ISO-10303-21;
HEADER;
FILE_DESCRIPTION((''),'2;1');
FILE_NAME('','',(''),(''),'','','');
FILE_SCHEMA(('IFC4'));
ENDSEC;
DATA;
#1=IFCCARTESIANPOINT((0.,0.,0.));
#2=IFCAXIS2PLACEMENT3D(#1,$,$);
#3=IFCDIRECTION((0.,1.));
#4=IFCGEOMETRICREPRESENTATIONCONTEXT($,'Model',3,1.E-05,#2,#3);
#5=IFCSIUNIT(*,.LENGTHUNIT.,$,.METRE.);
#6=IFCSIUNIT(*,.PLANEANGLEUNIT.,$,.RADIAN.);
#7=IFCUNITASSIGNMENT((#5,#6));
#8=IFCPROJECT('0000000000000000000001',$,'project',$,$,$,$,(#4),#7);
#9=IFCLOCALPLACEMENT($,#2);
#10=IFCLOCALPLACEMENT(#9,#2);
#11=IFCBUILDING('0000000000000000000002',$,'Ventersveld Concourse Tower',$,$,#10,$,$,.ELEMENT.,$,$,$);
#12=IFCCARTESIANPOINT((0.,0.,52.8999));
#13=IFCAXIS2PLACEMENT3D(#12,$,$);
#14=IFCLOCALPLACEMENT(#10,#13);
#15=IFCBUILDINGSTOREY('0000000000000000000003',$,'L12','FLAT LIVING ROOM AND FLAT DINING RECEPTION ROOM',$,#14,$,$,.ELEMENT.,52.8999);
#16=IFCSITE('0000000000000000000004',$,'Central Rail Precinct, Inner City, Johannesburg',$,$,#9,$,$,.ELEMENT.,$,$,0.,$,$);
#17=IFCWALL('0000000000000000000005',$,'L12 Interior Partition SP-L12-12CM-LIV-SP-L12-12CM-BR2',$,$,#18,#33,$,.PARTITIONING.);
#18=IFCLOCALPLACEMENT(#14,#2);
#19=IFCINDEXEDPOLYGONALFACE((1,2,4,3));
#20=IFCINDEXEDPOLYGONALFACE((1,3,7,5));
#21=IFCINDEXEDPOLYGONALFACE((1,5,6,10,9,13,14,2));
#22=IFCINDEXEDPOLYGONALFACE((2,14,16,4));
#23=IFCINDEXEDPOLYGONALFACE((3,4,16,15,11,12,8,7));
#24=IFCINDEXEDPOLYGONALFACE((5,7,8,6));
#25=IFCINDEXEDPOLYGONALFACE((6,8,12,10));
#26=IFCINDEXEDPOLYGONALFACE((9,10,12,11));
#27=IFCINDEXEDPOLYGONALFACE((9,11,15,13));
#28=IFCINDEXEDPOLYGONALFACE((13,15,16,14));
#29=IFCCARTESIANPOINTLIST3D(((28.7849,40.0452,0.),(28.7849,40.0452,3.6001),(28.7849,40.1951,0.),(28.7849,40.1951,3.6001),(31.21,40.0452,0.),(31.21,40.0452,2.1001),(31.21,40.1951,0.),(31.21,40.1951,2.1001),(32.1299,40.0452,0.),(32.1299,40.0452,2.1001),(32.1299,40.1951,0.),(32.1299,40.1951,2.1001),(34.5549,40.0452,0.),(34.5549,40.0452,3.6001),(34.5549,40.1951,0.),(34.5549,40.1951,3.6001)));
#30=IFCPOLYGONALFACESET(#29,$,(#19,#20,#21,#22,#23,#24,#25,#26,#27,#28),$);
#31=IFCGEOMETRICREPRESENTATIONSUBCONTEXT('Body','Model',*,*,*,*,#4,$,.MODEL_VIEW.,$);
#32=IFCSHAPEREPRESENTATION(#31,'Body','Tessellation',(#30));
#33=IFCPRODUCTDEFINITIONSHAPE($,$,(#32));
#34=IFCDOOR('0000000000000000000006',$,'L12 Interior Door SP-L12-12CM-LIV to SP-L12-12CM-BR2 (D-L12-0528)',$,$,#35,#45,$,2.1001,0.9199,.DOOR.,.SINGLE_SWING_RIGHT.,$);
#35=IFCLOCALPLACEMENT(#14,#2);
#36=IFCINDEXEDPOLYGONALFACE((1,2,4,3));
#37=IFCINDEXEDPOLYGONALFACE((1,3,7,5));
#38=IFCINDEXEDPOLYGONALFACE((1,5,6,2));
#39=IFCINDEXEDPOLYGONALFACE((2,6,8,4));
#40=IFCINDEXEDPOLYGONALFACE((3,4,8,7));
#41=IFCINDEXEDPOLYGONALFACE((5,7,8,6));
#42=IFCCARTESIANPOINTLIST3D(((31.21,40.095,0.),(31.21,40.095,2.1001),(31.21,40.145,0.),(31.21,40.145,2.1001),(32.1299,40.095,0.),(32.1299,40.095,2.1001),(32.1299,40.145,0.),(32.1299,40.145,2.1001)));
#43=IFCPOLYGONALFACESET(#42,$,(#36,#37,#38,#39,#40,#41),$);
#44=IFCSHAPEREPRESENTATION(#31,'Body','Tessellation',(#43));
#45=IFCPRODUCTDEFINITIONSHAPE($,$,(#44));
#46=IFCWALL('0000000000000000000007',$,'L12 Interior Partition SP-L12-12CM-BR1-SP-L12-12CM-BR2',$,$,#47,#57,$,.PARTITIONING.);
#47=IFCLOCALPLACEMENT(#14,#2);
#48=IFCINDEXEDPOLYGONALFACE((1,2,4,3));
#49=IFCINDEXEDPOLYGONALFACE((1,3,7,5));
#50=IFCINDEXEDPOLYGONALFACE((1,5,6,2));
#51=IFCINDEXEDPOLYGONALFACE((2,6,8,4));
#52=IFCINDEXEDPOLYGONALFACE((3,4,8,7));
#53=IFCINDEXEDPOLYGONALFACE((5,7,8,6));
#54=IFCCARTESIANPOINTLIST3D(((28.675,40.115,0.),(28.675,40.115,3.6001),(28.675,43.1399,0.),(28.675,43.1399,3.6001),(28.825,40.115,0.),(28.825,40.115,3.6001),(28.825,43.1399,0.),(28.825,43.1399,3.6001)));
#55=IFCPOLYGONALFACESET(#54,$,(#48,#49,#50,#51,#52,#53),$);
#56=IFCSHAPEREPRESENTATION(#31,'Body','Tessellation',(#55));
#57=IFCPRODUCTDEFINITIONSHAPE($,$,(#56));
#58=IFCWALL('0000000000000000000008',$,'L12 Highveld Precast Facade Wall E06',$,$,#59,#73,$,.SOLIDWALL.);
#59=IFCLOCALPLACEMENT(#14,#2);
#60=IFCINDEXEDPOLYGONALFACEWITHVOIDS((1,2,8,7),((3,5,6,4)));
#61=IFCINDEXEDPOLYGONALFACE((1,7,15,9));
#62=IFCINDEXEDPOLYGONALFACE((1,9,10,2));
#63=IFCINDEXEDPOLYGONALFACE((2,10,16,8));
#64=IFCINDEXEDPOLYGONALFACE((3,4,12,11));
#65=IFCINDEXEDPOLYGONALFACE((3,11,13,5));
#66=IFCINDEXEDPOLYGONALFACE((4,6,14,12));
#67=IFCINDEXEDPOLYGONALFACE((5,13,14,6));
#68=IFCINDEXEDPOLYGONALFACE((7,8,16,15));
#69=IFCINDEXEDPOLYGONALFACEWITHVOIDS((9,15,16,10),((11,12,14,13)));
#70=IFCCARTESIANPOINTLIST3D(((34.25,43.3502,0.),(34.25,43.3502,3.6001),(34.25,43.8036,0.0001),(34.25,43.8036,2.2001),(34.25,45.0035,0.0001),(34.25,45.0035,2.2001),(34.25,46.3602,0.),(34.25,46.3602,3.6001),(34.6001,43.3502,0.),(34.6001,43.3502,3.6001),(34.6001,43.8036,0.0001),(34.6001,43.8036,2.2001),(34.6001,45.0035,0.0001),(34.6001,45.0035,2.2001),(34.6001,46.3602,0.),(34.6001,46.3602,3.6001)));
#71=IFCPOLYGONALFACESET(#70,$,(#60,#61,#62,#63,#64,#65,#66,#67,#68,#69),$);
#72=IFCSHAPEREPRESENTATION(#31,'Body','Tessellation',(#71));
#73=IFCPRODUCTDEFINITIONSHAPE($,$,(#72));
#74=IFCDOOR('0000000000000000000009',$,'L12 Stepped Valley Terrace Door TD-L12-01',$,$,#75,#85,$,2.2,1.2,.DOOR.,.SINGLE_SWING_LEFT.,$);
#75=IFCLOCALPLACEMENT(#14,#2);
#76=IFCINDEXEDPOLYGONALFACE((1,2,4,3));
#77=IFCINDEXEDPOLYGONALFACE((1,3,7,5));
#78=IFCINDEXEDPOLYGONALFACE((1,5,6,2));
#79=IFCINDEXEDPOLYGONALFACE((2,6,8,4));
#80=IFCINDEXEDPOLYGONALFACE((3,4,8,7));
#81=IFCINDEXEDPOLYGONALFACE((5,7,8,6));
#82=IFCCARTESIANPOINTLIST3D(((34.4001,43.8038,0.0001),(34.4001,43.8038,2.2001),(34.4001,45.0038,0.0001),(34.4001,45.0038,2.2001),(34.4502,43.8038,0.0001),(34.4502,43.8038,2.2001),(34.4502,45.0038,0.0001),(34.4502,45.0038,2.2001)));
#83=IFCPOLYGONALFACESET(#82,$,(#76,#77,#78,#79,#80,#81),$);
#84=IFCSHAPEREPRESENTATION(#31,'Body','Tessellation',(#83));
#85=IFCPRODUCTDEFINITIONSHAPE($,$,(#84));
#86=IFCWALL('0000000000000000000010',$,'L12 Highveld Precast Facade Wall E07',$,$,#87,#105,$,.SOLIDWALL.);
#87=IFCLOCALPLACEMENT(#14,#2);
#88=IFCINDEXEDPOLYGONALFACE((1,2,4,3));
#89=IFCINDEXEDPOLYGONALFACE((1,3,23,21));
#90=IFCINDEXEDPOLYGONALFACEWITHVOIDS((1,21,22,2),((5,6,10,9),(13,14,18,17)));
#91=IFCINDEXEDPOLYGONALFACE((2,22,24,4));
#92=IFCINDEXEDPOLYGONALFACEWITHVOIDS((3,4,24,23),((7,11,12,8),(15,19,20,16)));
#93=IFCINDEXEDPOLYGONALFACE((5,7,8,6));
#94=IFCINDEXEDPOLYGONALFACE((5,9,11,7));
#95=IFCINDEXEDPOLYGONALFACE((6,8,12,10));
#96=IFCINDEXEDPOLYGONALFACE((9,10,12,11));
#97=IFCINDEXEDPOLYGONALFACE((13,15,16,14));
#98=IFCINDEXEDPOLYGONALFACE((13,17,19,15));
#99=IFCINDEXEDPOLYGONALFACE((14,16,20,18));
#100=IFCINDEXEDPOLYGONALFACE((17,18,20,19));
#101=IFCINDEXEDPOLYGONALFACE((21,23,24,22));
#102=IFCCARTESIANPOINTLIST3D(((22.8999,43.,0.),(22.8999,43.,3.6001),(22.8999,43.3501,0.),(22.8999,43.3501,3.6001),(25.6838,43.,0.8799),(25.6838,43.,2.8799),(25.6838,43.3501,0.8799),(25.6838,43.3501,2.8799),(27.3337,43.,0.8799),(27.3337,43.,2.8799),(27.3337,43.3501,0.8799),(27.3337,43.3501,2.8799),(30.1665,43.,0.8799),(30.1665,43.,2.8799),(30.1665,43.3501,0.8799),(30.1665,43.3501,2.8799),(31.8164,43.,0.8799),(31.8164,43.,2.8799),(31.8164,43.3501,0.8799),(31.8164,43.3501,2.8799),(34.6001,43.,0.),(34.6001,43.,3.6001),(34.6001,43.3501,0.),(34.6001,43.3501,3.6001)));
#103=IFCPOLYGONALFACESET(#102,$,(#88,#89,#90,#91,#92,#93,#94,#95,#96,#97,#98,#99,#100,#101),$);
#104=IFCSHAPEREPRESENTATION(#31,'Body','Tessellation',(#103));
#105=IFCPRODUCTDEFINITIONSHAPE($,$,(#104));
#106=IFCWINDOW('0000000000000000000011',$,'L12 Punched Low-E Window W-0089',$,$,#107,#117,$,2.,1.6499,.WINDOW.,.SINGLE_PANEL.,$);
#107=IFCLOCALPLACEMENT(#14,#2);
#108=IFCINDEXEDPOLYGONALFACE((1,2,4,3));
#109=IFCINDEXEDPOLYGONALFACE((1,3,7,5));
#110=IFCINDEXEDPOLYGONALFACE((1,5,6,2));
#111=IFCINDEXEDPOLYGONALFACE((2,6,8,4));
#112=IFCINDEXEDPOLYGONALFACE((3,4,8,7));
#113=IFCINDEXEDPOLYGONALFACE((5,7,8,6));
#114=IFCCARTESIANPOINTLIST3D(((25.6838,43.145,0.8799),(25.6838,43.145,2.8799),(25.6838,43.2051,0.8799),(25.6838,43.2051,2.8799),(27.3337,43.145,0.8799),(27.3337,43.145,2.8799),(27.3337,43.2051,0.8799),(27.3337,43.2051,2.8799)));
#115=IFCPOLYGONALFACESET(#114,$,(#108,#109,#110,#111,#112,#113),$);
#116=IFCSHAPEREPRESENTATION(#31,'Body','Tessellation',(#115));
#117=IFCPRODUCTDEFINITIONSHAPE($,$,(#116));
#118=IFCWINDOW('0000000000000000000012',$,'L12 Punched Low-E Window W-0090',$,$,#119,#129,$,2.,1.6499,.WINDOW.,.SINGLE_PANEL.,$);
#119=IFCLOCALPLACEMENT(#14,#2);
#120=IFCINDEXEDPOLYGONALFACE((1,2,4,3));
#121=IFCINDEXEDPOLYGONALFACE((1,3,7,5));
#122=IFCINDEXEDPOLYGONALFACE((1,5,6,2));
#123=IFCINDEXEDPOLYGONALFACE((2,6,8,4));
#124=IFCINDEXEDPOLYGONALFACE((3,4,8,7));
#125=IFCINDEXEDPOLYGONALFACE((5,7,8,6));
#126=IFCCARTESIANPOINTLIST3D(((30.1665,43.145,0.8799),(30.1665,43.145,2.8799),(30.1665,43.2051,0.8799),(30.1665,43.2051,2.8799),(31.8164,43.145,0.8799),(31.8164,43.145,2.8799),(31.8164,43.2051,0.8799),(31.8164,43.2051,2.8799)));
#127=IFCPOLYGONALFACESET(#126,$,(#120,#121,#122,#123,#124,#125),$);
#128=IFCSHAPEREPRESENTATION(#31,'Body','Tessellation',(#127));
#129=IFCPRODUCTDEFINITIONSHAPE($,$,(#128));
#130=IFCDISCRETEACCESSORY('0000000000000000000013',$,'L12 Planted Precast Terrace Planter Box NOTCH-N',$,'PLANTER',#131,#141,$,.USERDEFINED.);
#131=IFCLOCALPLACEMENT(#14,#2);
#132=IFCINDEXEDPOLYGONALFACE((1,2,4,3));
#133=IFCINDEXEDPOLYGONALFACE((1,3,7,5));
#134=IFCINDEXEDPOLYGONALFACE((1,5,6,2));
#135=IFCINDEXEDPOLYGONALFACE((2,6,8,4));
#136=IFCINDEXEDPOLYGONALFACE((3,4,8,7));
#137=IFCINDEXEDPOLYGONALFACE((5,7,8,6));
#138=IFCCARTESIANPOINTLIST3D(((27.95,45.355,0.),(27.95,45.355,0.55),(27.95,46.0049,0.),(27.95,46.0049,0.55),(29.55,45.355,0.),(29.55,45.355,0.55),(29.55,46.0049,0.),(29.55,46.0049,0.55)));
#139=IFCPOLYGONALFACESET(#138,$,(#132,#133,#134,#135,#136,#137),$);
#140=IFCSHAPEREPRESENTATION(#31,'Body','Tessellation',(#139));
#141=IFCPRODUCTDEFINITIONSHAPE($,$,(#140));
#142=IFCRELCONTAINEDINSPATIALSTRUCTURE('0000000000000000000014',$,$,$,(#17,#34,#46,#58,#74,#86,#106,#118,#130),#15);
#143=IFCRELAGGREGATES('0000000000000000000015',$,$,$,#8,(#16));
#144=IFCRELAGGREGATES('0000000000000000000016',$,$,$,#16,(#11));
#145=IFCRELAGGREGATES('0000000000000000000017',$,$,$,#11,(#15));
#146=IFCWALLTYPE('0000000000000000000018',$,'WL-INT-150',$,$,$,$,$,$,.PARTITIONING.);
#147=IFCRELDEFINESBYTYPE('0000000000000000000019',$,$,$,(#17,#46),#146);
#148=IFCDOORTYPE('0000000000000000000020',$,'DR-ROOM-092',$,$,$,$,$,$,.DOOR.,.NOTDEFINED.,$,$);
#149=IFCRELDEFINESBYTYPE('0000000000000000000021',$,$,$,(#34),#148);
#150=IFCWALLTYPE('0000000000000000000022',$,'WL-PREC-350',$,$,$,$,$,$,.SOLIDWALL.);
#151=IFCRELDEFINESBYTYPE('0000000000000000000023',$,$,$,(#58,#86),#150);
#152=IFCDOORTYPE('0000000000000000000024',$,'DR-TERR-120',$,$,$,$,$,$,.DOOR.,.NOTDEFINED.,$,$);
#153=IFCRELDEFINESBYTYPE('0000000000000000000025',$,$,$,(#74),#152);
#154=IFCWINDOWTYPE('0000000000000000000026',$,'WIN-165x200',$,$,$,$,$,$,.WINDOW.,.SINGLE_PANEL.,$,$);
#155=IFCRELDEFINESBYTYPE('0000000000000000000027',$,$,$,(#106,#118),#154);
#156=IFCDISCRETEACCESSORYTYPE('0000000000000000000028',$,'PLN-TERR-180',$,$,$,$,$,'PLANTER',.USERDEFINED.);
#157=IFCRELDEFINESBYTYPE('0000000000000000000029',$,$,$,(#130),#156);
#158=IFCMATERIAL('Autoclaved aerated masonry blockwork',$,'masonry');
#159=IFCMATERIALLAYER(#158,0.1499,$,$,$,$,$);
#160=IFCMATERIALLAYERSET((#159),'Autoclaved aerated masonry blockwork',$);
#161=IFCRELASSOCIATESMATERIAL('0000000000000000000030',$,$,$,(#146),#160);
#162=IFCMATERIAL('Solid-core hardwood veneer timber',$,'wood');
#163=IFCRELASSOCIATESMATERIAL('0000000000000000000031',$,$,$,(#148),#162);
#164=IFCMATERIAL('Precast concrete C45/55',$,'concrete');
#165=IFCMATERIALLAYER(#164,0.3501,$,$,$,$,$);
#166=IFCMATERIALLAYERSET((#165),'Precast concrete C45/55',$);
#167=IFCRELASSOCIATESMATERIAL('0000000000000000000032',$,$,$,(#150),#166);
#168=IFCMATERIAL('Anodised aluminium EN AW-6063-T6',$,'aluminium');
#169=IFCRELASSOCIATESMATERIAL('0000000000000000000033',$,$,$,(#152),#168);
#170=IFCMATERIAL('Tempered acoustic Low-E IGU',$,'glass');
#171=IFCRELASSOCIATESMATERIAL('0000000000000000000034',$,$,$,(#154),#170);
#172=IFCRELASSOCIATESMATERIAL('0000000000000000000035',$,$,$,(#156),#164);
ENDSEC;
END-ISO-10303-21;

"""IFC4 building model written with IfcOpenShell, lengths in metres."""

from ifc_helpers import new_model, si_unit, direction, frame, frame_2d, origin, origin_2d, place, context, subcontext, project, spatial, rectangle, extrude, material, layer, layer_set, type_object, element, fill, save


model = new_model("IFC4")

# Units and contexts
model_context = context("Model", 3, precision=1e-05, world=origin(), true_north=direction((0.0, 1.0)))
body_context = subcontext(model_context, "Body", "Model", "MODEL_VIEW")
ifc_project = project(units=[si_unit("LENGTHUNIT", "METRE"), si_unit("PLANEANGLEUNIT", "RADIAN")], contexts=[model_context])

# Site, building, storey
site_placement = place(None, origin())
site = spatial("IfcSite", under=ifc_project, at=site_placement, Name="Central Rail Precinct, Inner City, Johannesburg", CompositionType="ELEMENT", RefElevation=0.0)
building_placement = place(site_placement, origin())
building = spatial("IfcBuilding", under=site, at=building_placement, Name="Ventersveld Concourse Tower", CompositionType="ELEMENT")
storey_placement = place(building_placement, frame((0.0, 0.0, 52.8999)))
storey = spatial("IfcBuildingStorey", under=building, at=storey_placement, Name="L12", Description="FLAT LIVING ROOM AND FLAT DINING RECEPTION ROOM", CompositionType="ELEMENT", Elevation=52.8999)

# Shared definitions
ifc_material_1 = material(Name="Autoclaved aerated masonry blockwork", Category="masonry")
ifc_layer_1 = layer(ifc_material_1, 0.1499)
ifc_layer_set_1 = layer_set([ifc_layer_1], Name="Autoclaved aerated masonry blockwork")
wall_type_1 = type_object("IfcWallType", Name="WL-INT-150", PredefinedType="PARTITIONING", material=ifc_layer_set_1)

# Shared definitions
ifc_material_2 = material(Name="Solid-core hardwood veneer timber", Category="wood")
door_type_1 = type_object("IfcDoorType", Name="DR-ROOM-092", OperationType="NOTDEFINED", PredefinedType="DOOR", material=ifc_material_2)

# Wall, opening, door
wall_1_placement = place(storey_placement, frame((28.7849, 40.1201, 0.0), z_axis=(0.0, 0.0, 1.0), x_axis=(1.0, 0.0, 0.0)))
wall_1 = element("IfcWall", 1, at=wall_1_placement, inside=storey, type_object=wall_type_1, Name="L12 Interior Partition SP-L12-12CM-LIV-SP-L12-12CM-BR2", PredefinedType="PARTITIONING", context=body_context, shape_type="SweptSolid", body=[
    extrude(rectangle(XDim=5.77, YDim=0.1499, at=frame_2d((2.885, 0.0))), origin(), (0.0, 0.0, 1.0), 3.6001),
])
opening_1_placement = place(wall_1_placement, frame((2.425, 0.0, 0.0)))
opening_1 = element("IfcOpeningElement", 2, at=opening_1_placement, cuts=wall_1, PredefinedType="OPENING", context=body_context, shape_type="SweptSolid", body=[
    extrude(rectangle(XDim=0.9199, YDim=2.1001, at=frame_2d((0.46, 1.05))), frame((0.0, 0.085, 0.0), z_axis=(0.0, -1.0, 0.0), x_axis=(1.0, 0.0, 0.0)), (0.0, 0.0, 1.0), 0.1699),
])
door_1_placement = place(opening_1_placement, origin())
door_1 = element("IfcDoor", 3, at=door_1_placement, inside=storey, type_object=door_type_1, Name="L12 Interior Door SP-L12-12CM-LIV to SP-L12-12CM-BR2 (D-L12-0528)", OperationType="SINGLE_SWING_RIGHT", OverallHeight=2.1001, OverallWidth=0.9199, PredefinedType="DOOR", context=body_context, shape_type="SweptSolid", body=[
    extrude(rectangle(XDim=0.9199, YDim=2.1001, at=frame_2d((0.46, 1.05))), frame((0.0, 0.0249, 0.0), z_axis=(0.0, -1.0, 0.0), x_axis=(1.0, 0.0, 0.0)), (0.0, 0.0, 1.0), 0.05),
])
fill(opening_1, door_1)

# Wall
wall_2_placement = place(storey_placement, frame((28.75, 40.115, 0.0), z_axis=(0.0, 0.0, 1.0), x_axis=(0.0, 1.0, 0.0)))
element("IfcWall", 4, at=wall_2_placement, inside=storey, type_object=wall_type_1, Name="L12 Interior Partition SP-L12-12CM-BR1-SP-L12-12CM-BR2", PredefinedType="PARTITIONING", context=body_context, shape_type="SweptSolid", body=[
    extrude(rectangle(XDim=3.0249, YDim=0.1499, at=frame_2d((1.5125, 0.0))), origin(), (0.0, 0.0, 1.0), 3.6001),
])

# Wall, opening, door
ifc_material_3 = material(Name="Precast concrete C45/55", Category="concrete")
ifc_layer_2 = layer(ifc_material_3, 0.3501)
ifc_layer_set_2 = layer_set([ifc_layer_2], Name="Precast concrete C45/55")
wall_type_2 = type_object("IfcWallType", Name="WL-PREC-350", PredefinedType="SOLIDWALL", material=ifc_layer_set_2)
wall_3_placement = place(storey_placement, frame((34.425, 46.3601, 0.0), z_axis=(0.0, 0.0, 1.0), x_axis=(0.0, -1.0, 0.0)))
wall_3 = element("IfcWall", 5, at=wall_3_placement, inside=storey, type_object=wall_type_2, Name="L12 Highveld Precast Facade Wall E06", PredefinedType="SOLIDWALL", context=body_context, shape_type="SweptSolid", body=[
    extrude(rectangle(XDim=3.01, YDim=0.3501, at=frame_2d((1.5049, 0.0))), origin(), (0.0, 0.0, 1.0), 3.6001),
])
opening_2_placement = place(wall_3_placement, frame((1.3564, 0.0, 0.0)))
opening_2 = element("IfcOpeningElement", 6, at=opening_2_placement, cuts=wall_3, PredefinedType="OPENING", context=body_context, shape_type="SweptSolid", body=[
    extrude(rectangle(XDim=1.2, YDim=2.2, at=frame_2d((0.6001, 1.1001))), frame((0.0, 0.1851, 0.0), z_axis=(0.0, -1.0, 0.0), x_axis=(1.0, 0.0, 0.0)), (0.0, 0.0, 1.0), 0.3701),
])
ifc_material_4 = material(Name="Anodised aluminium EN AW-6063-T6", Category="aluminium")
door_type_2 = type_object("IfcDoorType", Name="DR-TERR-120", OperationType="NOTDEFINED", PredefinedType="DOOR", material=ifc_material_4)
door_2_placement = place(opening_2_placement, frame((1.2, 0.0, 0.0), z_axis=(0.0, 0.0, 1.0), x_axis=(-1.0, 0.0, 0.0)))
door_2 = element("IfcDoor", 7, at=door_2_placement, inside=storey, type_object=door_type_2, Name="L12 Stepped Valley Terrace Door TD-L12-01", OperationType="SINGLE_SWING_LEFT", OverallHeight=2.2, OverallWidth=1.2, PredefinedType="DOOR", context=body_context, shape_type="SweptSolid", body=[
    extrude(rectangle(XDim=1.2, YDim=2.2, at=frame_2d((0.6001, 1.1001))), frame((0.0, 0.0249, 0.0), z_axis=(0.0, -1.0, 0.0), x_axis=(1.0, 0.0, 0.0)), (0.0, 0.0, 1.0), 0.05),
])
fill(opening_2, door_2)

# Wall, openings, windows
wall_4_placement = place(storey_placement, frame((34.6001, 43.175, 0.0), z_axis=(0.0, 0.0, 1.0), x_axis=(-1.0, 0.0, 0.0)))
wall_4 = element("IfcWall", 8, at=wall_4_placement, inside=storey, type_object=wall_type_2, Name="L12 Highveld Precast Facade Wall E07", PredefinedType="SOLIDWALL", context=body_context, shape_type="SweptSolid", body=[
    extrude(rectangle(XDim=11.7002, YDim=0.3501, at=frame_2d((5.8501, 0.0))), origin(), (0.0, 0.0, 1.0), 3.6001),
])
opening_3_placement = place(wall_4_placement, frame((7.2664, 0.0, 0.8799)))
opening_3 = element("IfcOpeningElement", 9, at=opening_3_placement, cuts=wall_4, PredefinedType="OPENING", context=body_context, shape_type="SweptSolid", body=[
    extrude(rectangle(XDim=1.6499, YDim=2.0, at=frame_2d((0.825, 1.0))), frame((0.0, 0.1851, 0.0), z_axis=(0.0, -1.0, 0.0), x_axis=(1.0, 0.0, 0.0)), (0.0, 0.0, 1.0), 0.3701),
])
opening_4_placement = place(wall_4_placement, frame((2.7837, 0.0, 0.8799)))
opening_4 = element("IfcOpeningElement", 10, at=opening_4_placement, cuts=wall_4, PredefinedType="OPENING", context=body_context, shape_type="SweptSolid", body=[
    extrude(rectangle(XDim=1.6499, YDim=2.0, at=frame_2d((0.825, 1.0))), frame((0.0, 0.1851, 0.0), z_axis=(0.0, -1.0, 0.0), x_axis=(1.0, 0.0, 0.0)), (0.0, 0.0, 1.0), 0.3701),
])
ifc_material_5 = material(Name="Tempered acoustic Low-E IGU", Category="glass")
window_type = type_object("IfcWindowType", Name="WIN-165x200", PartitioningType="SINGLE_PANEL", PredefinedType="WINDOW", material=ifc_material_5)
window_1_placement = place(opening_3_placement, origin())
window_1 = element("IfcWindow", 11, at=window_1_placement, inside=storey, type_object=window_type, Name="L12 Punched Low-E Window W-0089", OverallHeight=2.0, OverallWidth=1.6499, PartitioningType="SINGLE_PANEL", PredefinedType="WINDOW", context=body_context, shape_type="SweptSolid", body=[
    extrude(rectangle(XDim=1.6499, YDim=2.0, at=frame_2d((0.825, 1.0))), frame((0.0, 0.03, 0.0), z_axis=(0.0, -1.0, 0.0), x_axis=(1.0, 0.0, 0.0)), (0.0, 0.0, 1.0), 0.0601),
])
fill(opening_3, window_1)
window_2_placement = place(opening_4_placement, origin())
window_2 = element("IfcWindow", 12, at=window_2_placement, inside=storey, type_object=window_type, Name="L12 Punched Low-E Window W-0090", OverallHeight=2.0, OverallWidth=1.6499, PartitioningType="SINGLE_PANEL", PredefinedType="WINDOW", context=body_context, shape_type="SweptSolid", body=[
    extrude(rectangle(XDim=1.6499, YDim=2.0, at=frame_2d((0.825, 1.0))), frame((0.0, 0.03, 0.0), z_axis=(0.0, -1.0, 0.0), x_axis=(1.0, 0.0, 0.0)), (0.0, 0.0, 1.0), 0.0601),
])
fill(opening_4, window_2)

# Discrete accessory
discrete_accessory_type = type_object("IfcDiscreteAccessoryType", Name="PLN-TERR-180", ElementType="PLANTER", PredefinedType="USERDEFINED", material=ifc_material_3)
discrete_accessory_placement = place(storey_placement, frame((28.75, 45.6799, 0.0), z_axis=(0.0, 0.0, 1.0), x_axis=(1.0, 0.0, 0.0)))
element("IfcDiscreteAccessory", 13, at=discrete_accessory_placement, inside=storey, type_object=discrete_accessory_type, Name="L12 Planted Precast Terrace Planter Box NOTCH-N", ObjectType="PLANTER", PredefinedType="USERDEFINED", context=body_context, shape_type="SweptSolid", body=[
    extrude(rectangle(XDim=1.6001, YDim=0.6499, at=origin_2d()), origin(), (0.0, 0.0, 1.0), 0.55),
])

save(model, "model.ifc")
